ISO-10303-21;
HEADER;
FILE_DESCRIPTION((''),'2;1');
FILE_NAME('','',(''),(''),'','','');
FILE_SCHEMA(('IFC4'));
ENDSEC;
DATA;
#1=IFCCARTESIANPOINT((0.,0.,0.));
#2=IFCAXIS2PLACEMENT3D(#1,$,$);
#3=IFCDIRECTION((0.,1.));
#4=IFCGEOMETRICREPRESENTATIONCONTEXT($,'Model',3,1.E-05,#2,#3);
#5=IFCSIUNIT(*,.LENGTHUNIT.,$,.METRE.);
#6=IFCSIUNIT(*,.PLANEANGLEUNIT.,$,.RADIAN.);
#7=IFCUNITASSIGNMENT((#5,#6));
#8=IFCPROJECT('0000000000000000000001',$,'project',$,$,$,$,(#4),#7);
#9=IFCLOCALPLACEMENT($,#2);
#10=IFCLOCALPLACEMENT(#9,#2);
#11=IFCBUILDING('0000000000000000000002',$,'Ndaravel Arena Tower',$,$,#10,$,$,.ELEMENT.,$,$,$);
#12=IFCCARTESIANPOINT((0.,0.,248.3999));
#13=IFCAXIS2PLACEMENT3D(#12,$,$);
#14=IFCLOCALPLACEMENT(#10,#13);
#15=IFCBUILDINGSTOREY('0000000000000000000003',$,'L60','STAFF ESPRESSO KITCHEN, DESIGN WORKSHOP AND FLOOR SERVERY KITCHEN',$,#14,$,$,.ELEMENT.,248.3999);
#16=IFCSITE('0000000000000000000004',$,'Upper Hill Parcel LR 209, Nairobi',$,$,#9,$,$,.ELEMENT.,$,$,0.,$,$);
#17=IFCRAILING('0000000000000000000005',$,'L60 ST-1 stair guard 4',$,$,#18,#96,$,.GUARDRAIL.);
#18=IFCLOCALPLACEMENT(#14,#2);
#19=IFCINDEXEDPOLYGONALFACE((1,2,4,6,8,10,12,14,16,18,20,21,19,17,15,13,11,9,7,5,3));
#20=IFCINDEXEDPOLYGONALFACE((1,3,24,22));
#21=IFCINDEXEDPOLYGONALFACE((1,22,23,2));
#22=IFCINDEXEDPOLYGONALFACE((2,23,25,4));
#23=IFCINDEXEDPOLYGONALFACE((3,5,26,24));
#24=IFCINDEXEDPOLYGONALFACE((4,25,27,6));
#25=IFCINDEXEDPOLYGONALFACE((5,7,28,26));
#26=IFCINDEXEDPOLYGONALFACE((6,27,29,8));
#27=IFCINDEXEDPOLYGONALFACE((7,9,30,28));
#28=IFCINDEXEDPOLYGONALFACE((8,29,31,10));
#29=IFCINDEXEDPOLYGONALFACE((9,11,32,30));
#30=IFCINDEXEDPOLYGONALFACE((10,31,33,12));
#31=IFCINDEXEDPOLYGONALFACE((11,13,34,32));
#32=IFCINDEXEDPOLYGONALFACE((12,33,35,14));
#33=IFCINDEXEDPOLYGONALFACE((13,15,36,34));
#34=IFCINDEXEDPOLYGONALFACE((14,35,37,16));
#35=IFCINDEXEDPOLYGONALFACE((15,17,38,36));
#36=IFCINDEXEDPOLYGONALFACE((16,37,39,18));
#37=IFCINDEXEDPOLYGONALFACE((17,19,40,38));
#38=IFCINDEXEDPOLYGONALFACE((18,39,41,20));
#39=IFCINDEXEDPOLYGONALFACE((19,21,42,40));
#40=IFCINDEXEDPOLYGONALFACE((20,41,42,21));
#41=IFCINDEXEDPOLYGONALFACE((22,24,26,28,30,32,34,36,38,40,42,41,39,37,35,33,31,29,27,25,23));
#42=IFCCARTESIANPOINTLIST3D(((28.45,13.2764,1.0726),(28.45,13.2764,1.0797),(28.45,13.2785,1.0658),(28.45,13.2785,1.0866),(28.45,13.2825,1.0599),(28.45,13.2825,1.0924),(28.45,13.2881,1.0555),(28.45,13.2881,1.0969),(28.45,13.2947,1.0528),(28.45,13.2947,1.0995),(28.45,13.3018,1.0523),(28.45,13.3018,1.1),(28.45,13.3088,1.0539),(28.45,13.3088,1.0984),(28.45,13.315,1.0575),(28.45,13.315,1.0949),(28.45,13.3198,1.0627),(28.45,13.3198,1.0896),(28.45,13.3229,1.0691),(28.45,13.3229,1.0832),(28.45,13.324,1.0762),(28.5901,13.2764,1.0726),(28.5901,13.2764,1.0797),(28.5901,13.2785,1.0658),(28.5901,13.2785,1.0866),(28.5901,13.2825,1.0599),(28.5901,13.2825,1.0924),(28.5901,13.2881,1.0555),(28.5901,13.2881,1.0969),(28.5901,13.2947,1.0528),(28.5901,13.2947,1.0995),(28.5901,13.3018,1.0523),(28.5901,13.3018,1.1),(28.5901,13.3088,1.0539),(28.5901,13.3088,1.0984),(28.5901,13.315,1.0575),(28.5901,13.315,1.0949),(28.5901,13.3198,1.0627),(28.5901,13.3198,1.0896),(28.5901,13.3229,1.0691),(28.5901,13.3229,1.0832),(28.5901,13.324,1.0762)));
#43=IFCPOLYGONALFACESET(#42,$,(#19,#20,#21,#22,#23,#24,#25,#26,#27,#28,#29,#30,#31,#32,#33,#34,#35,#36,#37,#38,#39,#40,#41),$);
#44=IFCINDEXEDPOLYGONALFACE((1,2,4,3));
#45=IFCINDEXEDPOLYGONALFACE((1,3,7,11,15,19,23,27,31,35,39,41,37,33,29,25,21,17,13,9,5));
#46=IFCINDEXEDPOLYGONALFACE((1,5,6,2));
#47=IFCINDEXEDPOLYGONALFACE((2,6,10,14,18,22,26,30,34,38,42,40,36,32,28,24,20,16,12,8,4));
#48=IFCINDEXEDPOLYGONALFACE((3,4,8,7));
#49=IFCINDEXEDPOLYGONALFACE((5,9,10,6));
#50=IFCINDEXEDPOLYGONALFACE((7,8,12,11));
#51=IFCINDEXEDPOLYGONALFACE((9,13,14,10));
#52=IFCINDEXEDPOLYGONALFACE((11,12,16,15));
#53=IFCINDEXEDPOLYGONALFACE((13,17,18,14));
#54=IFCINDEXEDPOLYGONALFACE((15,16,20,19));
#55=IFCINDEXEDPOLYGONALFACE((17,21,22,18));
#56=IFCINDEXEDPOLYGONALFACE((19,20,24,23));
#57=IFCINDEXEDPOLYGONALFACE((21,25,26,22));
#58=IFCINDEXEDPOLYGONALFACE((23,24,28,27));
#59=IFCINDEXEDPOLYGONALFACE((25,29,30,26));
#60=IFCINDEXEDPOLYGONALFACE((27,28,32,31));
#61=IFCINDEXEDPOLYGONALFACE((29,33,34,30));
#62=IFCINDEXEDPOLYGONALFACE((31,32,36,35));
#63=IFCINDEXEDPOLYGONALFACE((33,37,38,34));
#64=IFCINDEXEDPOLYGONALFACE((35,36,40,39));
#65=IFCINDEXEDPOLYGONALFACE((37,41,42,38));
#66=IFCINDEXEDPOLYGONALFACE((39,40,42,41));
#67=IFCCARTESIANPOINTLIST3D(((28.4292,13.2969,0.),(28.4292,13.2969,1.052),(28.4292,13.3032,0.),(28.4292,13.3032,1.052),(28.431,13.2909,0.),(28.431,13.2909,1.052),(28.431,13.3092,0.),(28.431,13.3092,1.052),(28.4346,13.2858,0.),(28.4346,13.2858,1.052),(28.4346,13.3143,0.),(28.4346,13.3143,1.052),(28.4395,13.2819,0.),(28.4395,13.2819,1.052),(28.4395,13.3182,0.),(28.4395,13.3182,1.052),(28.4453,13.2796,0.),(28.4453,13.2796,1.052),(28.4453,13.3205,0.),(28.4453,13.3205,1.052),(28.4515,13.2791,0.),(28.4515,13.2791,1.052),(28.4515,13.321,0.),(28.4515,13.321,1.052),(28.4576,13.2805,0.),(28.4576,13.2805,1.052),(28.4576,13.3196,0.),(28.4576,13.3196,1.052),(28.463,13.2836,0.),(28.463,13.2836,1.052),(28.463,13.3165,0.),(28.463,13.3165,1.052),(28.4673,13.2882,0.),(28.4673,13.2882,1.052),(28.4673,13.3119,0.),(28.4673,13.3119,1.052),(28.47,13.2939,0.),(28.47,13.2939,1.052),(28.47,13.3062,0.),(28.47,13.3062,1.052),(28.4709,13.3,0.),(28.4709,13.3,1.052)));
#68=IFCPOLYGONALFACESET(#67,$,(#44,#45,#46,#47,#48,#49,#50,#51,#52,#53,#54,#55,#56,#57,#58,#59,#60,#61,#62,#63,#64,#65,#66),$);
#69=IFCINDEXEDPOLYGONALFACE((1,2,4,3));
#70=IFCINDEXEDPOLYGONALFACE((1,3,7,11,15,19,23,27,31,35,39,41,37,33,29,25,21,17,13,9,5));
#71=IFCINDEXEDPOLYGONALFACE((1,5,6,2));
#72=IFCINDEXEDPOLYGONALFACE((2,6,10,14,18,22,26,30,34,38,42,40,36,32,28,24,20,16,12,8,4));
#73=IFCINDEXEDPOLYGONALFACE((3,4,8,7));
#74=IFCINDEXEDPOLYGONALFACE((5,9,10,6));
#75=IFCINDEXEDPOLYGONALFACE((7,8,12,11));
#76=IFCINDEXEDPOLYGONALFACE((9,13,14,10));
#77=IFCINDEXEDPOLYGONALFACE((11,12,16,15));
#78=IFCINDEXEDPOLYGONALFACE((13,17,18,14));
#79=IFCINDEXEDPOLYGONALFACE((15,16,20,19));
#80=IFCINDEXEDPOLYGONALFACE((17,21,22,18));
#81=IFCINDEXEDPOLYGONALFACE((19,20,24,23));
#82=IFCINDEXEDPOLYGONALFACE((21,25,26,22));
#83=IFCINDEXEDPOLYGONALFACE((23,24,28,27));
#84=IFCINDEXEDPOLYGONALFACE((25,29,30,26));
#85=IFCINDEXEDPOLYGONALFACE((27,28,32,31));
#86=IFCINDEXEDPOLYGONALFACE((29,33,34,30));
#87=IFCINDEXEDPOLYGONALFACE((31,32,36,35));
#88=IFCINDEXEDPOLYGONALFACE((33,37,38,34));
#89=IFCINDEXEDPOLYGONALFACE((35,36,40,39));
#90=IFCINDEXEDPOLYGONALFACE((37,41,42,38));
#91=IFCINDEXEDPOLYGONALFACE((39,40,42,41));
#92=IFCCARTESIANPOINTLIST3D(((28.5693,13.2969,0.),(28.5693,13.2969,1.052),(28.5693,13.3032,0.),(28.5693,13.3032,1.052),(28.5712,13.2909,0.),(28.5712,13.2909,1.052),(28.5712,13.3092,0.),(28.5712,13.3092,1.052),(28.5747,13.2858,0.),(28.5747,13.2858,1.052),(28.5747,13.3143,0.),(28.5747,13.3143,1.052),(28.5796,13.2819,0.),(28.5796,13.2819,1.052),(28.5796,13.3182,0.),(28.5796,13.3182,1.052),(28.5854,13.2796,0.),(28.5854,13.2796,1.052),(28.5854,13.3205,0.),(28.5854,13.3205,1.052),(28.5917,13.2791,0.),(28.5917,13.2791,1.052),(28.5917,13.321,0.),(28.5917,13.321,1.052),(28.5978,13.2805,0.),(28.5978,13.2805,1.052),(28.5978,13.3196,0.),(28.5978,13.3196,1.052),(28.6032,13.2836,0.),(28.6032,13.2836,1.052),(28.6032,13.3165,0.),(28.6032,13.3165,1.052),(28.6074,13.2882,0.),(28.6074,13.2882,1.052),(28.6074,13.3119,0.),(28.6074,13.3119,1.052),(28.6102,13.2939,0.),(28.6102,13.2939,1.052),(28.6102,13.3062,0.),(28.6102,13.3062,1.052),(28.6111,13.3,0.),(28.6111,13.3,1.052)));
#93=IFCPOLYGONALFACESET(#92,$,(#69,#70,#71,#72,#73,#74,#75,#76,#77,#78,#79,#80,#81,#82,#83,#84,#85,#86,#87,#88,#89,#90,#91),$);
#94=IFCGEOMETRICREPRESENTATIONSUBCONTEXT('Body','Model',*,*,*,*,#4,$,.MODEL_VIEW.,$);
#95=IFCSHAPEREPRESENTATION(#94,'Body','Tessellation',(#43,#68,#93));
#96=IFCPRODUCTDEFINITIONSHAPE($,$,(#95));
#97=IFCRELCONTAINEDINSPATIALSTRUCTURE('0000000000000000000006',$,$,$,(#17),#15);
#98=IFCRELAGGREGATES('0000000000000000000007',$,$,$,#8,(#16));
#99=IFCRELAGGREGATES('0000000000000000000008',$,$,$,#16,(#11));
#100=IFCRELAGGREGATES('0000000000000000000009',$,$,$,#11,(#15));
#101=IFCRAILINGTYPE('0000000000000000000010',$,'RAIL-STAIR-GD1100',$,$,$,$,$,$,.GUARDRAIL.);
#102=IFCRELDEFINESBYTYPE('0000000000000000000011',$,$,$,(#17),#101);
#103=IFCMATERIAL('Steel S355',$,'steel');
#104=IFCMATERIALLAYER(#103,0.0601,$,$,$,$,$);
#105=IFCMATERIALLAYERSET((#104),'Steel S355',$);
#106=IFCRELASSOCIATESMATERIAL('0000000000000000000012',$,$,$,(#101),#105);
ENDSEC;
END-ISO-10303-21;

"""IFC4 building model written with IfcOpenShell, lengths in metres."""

from ifc_helpers import new_model, si_unit, direction, frame, origin, origin_2d, place, context, subcontext, project, spatial, circle, extrude, material, layer, layer_set, type_object, element, save


model = new_model("IFC4")

# Units and contexts
model_context = context("Model", 3, precision=1e-05, world=origin(), true_north=direction((0.0, 1.0)))
body_context = subcontext(model_context, "Body", "Model", "MODEL_VIEW")
ifc_project = project(units=[si_unit("LENGTHUNIT", "METRE"), si_unit("PLANEANGLEUNIT", "RADIAN")], contexts=[model_context])

# Site, building, storey
site_placement = place(None, origin())
site = spatial("IfcSite", under=ifc_project, at=site_placement, Name="Upper Hill Parcel LR 209, Nairobi", CompositionType="ELEMENT", RefElevation=0.0)
building_placement = place(site_placement, origin())
building = spatial("IfcBuilding", under=site, at=building_placement, Name="Ndaravel Arena Tower", CompositionType="ELEMENT")
storey_placement = place(building_placement, frame((0.0, 0.0, 248.3999)))
storey = spatial("IfcBuildingStorey", under=building, at=storey_placement, Name="L60", Description="STAFF ESPRESSO KITCHEN, DESIGN WORKSHOP AND FLOOR SERVERY KITCHEN", CompositionType="ELEMENT", Elevation=248.3999)

# Railing
ifc_material_1 = material(Name="Steel S355", Category="steel")
ifc_layer_1 = layer(ifc_material_1, 0.0601)
ifc_layer_set_1 = layer_set([ifc_layer_1], Name="Steel S355")
railing_type_1 = type_object("IfcRailingType", Name="RAIL-STAIR-GD1100", PredefinedType="GUARDRAIL", material=ifc_layer_set_1)
railing_1_placement = place(storey_placement, frame((28.45, 13.3, 0.0)))
element("IfcRailing", 1, at=railing_1_placement, inside=storey, type_object=railing_type_1, Name="L60 ST-1 stair guard 4", PredefinedType="GUARDRAIL", context=body_context, shape_type="SweptSolid", body=[
    extrude(circle(Radius=0.0239, at=origin_2d()), frame((0.0, 0.0, 1.0762), z_axis=(1.0, 0.0, 0.0), x_axis=(0.0, 1.0, 0.0)), (0.0, 0.0, 1.0), 0.1401),
    extrude(circle(Radius=0.021, at=origin_2d()), origin(), (0.0, 0.0, 1.0), 1.052),
    extrude(circle(Radius=0.021, at=origin_2d()), frame((0.1401, 0.0, 0.0)), (0.0, 0.0, 1.0), 1.052),
])

save(model, "model.ifc")
